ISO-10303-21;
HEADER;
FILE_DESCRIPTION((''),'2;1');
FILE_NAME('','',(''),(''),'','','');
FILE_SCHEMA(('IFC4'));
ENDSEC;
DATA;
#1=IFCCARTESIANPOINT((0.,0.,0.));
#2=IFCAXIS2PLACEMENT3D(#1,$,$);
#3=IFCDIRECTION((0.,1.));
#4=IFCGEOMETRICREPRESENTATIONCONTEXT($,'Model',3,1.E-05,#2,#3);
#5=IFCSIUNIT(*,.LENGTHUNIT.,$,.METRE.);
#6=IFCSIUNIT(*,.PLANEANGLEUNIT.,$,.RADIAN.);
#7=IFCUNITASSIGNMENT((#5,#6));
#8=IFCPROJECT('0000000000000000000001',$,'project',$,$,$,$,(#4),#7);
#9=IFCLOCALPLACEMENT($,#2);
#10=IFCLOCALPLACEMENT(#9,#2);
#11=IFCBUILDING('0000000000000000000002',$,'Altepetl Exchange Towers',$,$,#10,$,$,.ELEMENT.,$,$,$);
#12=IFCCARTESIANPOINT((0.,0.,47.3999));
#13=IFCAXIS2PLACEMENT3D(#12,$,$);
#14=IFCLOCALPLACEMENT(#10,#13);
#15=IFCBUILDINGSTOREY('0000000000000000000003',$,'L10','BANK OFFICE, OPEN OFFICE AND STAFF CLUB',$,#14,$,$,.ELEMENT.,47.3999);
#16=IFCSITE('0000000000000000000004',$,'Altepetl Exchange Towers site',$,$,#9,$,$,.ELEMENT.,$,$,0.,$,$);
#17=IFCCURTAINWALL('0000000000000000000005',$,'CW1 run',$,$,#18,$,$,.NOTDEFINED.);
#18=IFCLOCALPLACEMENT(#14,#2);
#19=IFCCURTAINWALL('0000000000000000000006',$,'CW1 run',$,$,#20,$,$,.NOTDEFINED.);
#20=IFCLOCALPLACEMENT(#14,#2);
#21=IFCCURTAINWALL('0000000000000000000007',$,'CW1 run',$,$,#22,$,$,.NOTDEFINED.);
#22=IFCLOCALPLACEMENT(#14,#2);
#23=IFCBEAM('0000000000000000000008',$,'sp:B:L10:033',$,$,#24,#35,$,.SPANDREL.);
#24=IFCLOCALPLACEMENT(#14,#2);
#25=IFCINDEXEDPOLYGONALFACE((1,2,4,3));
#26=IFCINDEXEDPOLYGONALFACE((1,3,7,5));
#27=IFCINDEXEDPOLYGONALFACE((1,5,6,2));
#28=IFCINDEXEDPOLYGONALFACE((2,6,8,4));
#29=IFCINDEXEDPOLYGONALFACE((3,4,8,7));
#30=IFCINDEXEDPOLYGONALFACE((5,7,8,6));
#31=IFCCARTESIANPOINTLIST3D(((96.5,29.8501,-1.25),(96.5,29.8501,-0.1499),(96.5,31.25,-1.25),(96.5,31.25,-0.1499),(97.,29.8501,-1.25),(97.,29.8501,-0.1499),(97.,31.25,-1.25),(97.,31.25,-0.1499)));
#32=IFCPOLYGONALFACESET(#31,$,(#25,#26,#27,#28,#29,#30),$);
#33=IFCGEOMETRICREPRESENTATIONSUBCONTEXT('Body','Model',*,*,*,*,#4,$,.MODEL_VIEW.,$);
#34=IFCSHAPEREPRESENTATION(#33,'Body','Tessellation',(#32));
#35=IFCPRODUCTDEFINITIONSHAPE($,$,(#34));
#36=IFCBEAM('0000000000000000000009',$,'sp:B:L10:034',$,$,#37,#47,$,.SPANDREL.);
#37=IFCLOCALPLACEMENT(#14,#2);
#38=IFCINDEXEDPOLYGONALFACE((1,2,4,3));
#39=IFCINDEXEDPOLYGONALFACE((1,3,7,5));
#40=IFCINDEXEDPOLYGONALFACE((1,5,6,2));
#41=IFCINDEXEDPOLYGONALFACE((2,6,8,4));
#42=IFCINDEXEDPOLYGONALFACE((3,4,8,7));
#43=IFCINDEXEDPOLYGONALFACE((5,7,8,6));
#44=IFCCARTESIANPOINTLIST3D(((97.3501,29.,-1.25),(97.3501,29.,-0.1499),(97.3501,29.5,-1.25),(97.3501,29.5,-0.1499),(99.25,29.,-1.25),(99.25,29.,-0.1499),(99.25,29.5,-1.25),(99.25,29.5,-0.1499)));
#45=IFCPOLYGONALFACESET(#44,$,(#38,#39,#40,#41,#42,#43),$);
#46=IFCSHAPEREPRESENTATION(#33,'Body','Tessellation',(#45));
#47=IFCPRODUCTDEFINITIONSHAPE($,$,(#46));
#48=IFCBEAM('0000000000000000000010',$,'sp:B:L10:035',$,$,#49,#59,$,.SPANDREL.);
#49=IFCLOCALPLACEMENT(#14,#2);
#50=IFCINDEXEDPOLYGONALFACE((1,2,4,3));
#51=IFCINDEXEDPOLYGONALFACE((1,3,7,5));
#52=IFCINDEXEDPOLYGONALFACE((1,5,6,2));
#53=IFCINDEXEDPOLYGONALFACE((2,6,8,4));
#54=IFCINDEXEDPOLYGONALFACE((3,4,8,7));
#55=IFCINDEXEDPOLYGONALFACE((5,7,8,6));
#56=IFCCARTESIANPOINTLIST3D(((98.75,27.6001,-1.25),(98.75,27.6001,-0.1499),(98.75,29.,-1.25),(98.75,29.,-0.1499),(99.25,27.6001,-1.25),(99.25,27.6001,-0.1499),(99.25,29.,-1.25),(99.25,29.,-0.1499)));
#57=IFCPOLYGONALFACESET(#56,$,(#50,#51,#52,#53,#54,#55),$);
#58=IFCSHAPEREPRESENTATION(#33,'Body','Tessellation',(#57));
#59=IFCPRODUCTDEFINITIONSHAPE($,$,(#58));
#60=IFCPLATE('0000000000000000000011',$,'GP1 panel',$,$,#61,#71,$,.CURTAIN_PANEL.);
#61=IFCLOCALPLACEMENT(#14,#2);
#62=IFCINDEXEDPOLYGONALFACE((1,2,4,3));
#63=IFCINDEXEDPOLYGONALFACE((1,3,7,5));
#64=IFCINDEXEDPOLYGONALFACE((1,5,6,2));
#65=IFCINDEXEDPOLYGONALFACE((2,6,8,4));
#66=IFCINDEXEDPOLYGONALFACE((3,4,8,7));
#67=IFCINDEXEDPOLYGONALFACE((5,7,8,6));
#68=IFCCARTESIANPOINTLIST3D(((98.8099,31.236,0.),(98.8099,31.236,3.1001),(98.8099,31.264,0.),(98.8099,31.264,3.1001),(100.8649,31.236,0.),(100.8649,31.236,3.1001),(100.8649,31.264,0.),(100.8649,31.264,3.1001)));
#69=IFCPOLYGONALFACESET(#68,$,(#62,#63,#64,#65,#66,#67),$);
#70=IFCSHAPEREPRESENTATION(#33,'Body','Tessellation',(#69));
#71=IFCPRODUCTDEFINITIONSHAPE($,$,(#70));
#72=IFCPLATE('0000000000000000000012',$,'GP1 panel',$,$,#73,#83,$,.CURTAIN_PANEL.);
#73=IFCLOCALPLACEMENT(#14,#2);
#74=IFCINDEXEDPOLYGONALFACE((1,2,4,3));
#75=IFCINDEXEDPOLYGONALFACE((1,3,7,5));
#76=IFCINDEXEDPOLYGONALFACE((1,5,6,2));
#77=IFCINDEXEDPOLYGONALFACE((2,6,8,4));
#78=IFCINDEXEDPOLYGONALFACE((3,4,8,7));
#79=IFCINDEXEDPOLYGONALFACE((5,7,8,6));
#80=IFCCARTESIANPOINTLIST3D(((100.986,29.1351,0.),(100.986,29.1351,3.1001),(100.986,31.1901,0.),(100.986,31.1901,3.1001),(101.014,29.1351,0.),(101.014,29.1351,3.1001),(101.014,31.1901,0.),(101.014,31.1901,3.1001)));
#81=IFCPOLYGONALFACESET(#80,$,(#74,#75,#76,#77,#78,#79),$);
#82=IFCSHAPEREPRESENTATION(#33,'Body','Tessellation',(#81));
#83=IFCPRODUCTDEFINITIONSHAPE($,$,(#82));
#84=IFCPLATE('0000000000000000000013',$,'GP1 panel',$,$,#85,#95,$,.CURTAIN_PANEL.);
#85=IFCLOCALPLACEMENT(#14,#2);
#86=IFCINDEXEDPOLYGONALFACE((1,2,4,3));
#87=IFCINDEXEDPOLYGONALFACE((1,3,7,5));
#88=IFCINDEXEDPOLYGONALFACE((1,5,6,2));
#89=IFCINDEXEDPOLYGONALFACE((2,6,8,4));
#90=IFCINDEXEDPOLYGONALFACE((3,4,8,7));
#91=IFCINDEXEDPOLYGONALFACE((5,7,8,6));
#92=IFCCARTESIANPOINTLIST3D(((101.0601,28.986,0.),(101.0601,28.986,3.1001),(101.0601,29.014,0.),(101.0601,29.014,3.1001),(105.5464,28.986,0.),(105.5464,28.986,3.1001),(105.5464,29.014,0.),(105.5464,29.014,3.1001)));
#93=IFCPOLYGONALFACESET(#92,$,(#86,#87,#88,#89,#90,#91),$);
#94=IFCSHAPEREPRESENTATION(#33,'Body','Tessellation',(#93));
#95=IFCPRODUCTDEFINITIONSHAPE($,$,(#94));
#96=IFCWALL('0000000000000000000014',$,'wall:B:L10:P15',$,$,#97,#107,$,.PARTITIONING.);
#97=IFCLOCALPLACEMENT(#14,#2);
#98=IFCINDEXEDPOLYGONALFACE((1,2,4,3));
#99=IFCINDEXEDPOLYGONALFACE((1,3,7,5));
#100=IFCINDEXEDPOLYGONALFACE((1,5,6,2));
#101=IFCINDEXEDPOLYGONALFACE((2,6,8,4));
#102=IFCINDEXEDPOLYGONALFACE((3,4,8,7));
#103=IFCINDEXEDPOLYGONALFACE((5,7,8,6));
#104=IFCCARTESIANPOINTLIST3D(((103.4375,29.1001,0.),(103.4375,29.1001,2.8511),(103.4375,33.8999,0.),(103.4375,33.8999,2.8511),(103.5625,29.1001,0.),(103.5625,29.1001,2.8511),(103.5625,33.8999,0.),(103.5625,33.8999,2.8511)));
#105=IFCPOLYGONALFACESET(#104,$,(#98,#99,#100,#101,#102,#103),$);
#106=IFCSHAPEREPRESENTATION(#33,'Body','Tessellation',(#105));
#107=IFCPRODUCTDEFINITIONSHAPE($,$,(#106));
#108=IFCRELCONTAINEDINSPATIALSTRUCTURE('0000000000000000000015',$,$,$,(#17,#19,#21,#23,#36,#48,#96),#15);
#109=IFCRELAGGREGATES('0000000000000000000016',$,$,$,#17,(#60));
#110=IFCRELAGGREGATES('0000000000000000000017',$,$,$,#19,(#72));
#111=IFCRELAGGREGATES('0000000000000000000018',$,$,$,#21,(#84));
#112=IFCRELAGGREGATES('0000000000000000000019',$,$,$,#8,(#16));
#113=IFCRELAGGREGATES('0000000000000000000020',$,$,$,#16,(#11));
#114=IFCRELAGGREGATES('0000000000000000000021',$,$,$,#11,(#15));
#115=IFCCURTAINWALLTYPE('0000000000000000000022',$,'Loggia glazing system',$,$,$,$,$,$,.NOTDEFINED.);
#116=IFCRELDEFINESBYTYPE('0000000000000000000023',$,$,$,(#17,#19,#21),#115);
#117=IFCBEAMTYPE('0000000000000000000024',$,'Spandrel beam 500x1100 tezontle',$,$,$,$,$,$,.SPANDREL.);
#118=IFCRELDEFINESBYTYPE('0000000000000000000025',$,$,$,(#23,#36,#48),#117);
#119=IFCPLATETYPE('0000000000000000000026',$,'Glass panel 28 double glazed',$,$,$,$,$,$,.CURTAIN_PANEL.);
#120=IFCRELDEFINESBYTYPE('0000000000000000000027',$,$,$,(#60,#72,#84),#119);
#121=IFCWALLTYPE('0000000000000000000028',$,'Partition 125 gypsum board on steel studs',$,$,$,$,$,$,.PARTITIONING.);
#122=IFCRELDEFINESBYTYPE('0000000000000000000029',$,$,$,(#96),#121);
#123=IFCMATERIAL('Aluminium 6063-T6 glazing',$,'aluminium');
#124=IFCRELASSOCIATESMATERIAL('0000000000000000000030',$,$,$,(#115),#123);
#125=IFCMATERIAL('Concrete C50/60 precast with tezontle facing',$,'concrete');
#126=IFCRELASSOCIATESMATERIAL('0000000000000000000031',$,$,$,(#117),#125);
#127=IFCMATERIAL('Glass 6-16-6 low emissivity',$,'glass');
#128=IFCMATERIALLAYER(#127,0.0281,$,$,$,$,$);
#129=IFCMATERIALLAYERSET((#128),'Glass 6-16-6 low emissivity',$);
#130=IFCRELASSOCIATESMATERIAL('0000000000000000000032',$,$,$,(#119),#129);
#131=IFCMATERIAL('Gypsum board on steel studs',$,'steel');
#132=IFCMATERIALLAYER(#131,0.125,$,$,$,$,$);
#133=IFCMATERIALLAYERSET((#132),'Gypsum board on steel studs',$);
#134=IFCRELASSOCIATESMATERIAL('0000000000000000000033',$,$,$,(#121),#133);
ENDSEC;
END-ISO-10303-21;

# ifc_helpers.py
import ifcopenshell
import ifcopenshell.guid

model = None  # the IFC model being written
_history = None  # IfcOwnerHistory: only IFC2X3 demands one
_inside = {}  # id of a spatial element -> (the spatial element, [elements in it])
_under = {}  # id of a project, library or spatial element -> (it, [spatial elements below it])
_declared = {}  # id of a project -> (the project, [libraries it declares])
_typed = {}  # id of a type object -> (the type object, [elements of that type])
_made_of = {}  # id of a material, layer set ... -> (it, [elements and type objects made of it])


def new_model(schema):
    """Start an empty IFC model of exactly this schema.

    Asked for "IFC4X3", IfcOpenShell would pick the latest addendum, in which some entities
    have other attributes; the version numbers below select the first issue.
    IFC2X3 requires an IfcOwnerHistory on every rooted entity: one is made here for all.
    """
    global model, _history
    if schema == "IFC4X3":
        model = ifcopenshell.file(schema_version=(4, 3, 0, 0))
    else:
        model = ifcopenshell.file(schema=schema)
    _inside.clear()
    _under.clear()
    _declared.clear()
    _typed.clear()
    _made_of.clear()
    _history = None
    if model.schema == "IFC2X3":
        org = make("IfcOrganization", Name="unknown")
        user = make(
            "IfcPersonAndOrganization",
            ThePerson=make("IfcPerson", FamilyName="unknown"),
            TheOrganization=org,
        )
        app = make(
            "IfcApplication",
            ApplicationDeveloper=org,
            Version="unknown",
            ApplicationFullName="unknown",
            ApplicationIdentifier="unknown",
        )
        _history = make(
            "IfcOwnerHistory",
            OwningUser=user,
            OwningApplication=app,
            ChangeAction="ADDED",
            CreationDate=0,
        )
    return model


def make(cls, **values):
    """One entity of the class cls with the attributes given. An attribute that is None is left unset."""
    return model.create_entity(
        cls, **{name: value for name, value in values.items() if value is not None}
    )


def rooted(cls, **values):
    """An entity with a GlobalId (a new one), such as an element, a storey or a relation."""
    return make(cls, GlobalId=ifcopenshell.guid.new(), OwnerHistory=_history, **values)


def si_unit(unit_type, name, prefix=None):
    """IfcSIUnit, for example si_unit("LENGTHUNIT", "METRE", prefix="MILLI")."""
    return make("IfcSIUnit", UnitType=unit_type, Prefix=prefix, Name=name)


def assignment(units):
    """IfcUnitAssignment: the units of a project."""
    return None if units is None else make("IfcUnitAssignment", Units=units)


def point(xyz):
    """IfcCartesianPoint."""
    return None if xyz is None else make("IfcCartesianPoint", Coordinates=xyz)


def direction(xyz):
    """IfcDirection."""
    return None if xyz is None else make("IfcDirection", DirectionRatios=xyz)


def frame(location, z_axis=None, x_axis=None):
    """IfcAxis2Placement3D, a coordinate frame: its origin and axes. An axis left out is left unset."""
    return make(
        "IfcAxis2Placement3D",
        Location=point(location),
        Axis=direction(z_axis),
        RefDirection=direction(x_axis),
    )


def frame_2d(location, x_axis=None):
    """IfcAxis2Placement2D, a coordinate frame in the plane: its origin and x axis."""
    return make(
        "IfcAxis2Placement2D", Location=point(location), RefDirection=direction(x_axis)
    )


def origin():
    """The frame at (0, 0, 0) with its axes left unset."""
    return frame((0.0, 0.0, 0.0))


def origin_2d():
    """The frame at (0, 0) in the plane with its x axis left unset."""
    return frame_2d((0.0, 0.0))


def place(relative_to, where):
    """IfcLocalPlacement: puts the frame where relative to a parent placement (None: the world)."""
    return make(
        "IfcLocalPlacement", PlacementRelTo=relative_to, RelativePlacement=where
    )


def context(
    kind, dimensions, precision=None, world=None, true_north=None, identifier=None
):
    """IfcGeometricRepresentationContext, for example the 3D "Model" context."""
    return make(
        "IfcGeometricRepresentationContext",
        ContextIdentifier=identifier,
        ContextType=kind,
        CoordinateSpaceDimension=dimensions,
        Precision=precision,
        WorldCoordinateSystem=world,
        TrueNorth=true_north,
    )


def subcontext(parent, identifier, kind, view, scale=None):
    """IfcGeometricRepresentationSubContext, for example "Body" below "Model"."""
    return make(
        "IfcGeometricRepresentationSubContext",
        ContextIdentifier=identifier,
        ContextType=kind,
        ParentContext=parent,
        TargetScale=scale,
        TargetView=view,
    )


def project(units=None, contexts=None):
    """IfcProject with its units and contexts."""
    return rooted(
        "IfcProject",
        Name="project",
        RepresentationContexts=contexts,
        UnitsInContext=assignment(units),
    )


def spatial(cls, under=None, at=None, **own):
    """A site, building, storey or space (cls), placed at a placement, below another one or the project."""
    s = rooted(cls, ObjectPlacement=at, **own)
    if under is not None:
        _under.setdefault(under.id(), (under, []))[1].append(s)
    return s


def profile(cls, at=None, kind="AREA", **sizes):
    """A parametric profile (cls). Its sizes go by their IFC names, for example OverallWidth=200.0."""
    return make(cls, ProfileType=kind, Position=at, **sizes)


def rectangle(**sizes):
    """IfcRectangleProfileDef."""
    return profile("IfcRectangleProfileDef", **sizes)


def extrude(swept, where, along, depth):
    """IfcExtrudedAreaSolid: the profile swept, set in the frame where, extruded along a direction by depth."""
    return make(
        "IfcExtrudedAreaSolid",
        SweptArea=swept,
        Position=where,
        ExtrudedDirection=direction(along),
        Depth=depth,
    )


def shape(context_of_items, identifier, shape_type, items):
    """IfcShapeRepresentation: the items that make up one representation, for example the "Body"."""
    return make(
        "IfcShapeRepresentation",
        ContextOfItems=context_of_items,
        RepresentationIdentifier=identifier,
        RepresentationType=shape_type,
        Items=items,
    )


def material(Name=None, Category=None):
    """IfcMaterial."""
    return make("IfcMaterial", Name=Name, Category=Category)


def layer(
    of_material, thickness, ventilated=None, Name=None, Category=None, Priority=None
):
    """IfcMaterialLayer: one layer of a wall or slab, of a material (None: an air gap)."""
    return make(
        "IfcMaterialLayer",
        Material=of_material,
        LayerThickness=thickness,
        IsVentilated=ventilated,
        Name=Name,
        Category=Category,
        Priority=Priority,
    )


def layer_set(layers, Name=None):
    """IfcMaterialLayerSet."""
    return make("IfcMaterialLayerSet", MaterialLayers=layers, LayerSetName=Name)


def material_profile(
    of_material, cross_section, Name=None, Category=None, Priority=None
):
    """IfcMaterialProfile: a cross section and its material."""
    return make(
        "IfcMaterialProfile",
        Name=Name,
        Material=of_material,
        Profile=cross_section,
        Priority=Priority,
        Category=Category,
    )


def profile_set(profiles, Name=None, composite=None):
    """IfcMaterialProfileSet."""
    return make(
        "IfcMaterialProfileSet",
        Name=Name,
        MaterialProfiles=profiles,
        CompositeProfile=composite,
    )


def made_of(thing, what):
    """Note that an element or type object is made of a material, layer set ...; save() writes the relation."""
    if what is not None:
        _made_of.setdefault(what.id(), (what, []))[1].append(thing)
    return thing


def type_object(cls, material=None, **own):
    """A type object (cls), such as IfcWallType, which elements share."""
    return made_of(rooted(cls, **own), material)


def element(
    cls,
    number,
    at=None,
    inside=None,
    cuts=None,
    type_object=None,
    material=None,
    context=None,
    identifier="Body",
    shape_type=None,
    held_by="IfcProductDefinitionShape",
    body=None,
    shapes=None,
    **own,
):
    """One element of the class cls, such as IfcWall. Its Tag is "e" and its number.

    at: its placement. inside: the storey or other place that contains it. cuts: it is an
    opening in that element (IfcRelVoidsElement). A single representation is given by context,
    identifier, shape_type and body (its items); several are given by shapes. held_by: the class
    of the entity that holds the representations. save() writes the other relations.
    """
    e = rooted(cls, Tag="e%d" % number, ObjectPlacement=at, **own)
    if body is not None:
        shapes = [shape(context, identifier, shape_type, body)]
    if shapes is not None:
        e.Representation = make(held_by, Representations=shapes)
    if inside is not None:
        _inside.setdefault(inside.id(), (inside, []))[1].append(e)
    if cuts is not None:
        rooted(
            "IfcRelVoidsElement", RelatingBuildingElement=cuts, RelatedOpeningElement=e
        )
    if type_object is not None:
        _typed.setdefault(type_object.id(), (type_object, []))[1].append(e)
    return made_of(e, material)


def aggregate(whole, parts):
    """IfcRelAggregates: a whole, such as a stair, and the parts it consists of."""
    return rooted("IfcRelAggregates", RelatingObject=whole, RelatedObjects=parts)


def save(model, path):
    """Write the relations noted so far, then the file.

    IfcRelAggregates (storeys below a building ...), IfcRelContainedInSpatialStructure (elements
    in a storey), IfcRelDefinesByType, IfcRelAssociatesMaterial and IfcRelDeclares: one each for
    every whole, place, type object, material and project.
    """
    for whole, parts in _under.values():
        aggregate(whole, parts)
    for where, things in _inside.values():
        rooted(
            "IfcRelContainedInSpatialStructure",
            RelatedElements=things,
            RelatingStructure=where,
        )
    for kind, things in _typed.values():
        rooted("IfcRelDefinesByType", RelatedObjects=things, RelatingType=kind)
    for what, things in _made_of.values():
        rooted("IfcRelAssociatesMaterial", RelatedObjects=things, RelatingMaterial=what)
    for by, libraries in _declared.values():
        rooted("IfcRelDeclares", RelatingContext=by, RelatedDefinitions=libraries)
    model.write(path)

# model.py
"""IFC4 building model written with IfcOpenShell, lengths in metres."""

from ifc_helpers import new_model, si_unit, direction, frame, frame_2d, origin, origin_2d, place, context, subcontext, project, spatial, rectangle, extrude, material, layer, layer_set, material_profile, profile_set, type_object, element, aggregate, save


model = new_model("IFC4")

# Units and contexts
model_context = context("Model", 3, precision=1e-05, world=origin(), true_north=direction((0.0, 1.0)))
body_context = subcontext(model_context, "Body", "Model", "MODEL_VIEW")
ifc_project = project(units=[si_unit("LENGTHUNIT", "METRE"), si_unit("PLANEANGLEUNIT", "RADIAN")], contexts=[model_context])

# Site, building, storey
site_placement = place(None, origin())
site = spatial("IfcSite", under=ifc_project, at=site_placement, Name="Altepetl Exchange Towers site", CompositionType="ELEMENT", RefElevation=0.0)
building_placement = place(site_placement, origin())
building = spatial("IfcBuilding", under=site, at=building_placement, Name="Altepetl Exchange Towers", CompositionType="ELEMENT")
storey_placement = place(building_placement, frame((0.0, 0.0, 47.3999)))
storey = spatial("IfcBuildingStorey", under=building, at=storey_placement, Name="L10", Description="BANK OFFICE, OPEN OFFICE AND STAFF CLUB", CompositionType="ELEMENT", Elevation=47.3999)

# Curtain walls
ifc_material_1 = material(Name="Aluminium 6063-T6 glazing", Category="aluminium")
curtain_wall_type = type_object("IfcCurtainWallType", Name="Loggia glazing system", PredefinedType="NOTDEFINED", material=ifc_material_1)
curtain_wall_1_placement = place(storey_placement, origin())
curtain_wall_1 = element("IfcCurtainWall", 1, at=curtain_wall_1_placement, inside=storey, type_object=curtain_wall_type, Name="CW1 run", PredefinedType="NOTDEFINED")
curtain_wall_2_placement = place(storey_placement, origin())
curtain_wall_2 = element("IfcCurtainWall", 2, at=curtain_wall_2_placement, inside=storey, type_object=curtain_wall_type, Name="CW1 run", PredefinedType="NOTDEFINED")

# Curtain wall
curtain_wall_3_placement = place(storey_placement, origin())
curtain_wall_3 = element("IfcCurtainWall", 3, at=curtain_wall_3_placement, inside=storey, type_object=curtain_wall_type, Name="CW1 run", PredefinedType="NOTDEFINED")

# Beams
ifc_material_2 = material(Name="Concrete C50/60 precast with tezontle facing", Category="concrete")
ifc_material_profile_1 = material_profile(ifc_material_2, rectangle(XDim=0.5, YDim=1.1001, at=origin_2d()), Name="500 x 1100")
ifc_profile_set_1 = profile_set([ifc_material_profile_1], Name="Concrete C50/60 precast with tezontle facing")
beam_type_1 = type_object("IfcBeamType", Name="Spandrel beam 500x1100 tezontle", PredefinedType="SPANDREL", material=ifc_profile_set_1)
beam_1_placement = place(storey_placement, frame((96.75, 31.25, -0.7), z_axis=(0.0, -1.0, 0.0), x_axis=(1.0, 0.0, 0.0)))
element("IfcBeam", 4, at=beam_1_placement, inside=storey, type_object=beam_type_1, Name="sp:B:L10:033", PredefinedType="SPANDREL", context=body_context, shape_type="SweptSolid", body=[
    extrude(rectangle(XDim=0.5, YDim=1.1001, at=origin_2d()), origin(), (0.0, 0.0, 1.0), 1.3999),
])
beam_2_placement = place(storey_placement, frame((97.3501, 29.25, -0.7), z_axis=(1.0, 0.0, 0.0), x_axis=(0.0, 1.0, 0.0)))
element("IfcBeam", 5, at=beam_2_placement, inside=storey, type_object=beam_type_1, Name="sp:B:L10:034", PredefinedType="SPANDREL", context=body_context, shape_type="SweptSolid", body=[
    extrude(rectangle(XDim=0.5, YDim=1.1001, at=origin_2d()), origin(), (0.0, 0.0, 1.0), 1.8999),
])
beam_3_placement = place(storey_placement, frame((99.0, 29.0, -0.7), z_axis=(0.0, -1.0, 0.0), x_axis=(1.0, 0.0, 0.0)))
element("IfcBeam", 6, at=beam_3_placement, inside=storey, type_object=beam_type_1, Name="sp:B:L10:035", PredefinedType="SPANDREL", context=body_context, shape_type="SweptSolid", body=[
    extrude(rectangle(XDim=0.5, YDim=1.1001, at=origin_2d()), origin(), (0.0, 0.0, 1.0), 1.3999),
])

# Plates
ifc_material_3 = material(Name="Glass 6-16-6 low emissivity", Category="glass")
ifc_layer_1 = layer(ifc_material_3, 0.0281)
ifc_layer_set_1 = layer_set([ifc_layer_1], Name="Glass 6-16-6 low emissivity")
plate_type = type_object("IfcPlateType", Name="Glass panel 28 double glazed", PredefinedType="CURTAIN_PANEL", material=ifc_layer_set_1)
plate_1_placement = place(storey_placement, frame((99.8374, 31.25, 0.0)))
plate_1 = element("IfcPlate", 7, at=plate_1_placement, type_object=plate_type, Name="GP1 panel", PredefinedType="CURTAIN_PANEL", context=body_context, shape_type="SweptSolid", body=[
    extrude(rectangle(XDim=2.0549, YDim=0.0281, at=origin_2d()), origin(), (0.0, 0.0, 1.0), 3.1001),
])
aggregate(curtain_wall_1, [plate_1])
plate_2_placement = place(storey_placement, frame((101.0, 30.1626, 0.0), z_axis=(0.0, 0.0, 1.0), x_axis=(0.0, -1.0, 0.0)))
plate_2 = element("IfcPlate", 8, at=plate_2_placement, type_object=plate_type, Name="GP1 panel", PredefinedType="CURTAIN_PANEL", context=body_context, shape_type="SweptSolid", body=[
    extrude(rectangle(XDim=2.0549, YDim=0.0281, at=origin_2d()), origin(), (0.0, 0.0, 1.0), 3.1001),
])
aggregate(curtain_wall_2, [plate_2])
plate_3_placement = place(storey_placement, frame((103.3032, 29.0, 0.0)))
plate_3 = element("IfcPlate", 9, at=plate_3_placement, type_object=plate_type, Name="GP1 panel", PredefinedType="CURTAIN_PANEL", context=body_context, shape_type="SweptSolid", body=[
    extrude(rectangle(XDim=4.4863, YDim=0.0281, at=origin_2d()), origin(), (0.0, 0.0, 1.0), 3.1001),
])
aggregate(curtain_wall_3, [plate_3])

# Wall
ifc_material_4 = material(Name="Gypsum board on steel studs", Category="steel")
ifc_layer_2 = layer(ifc_material_4, 0.125)
ifc_layer_set_2 = layer_set([ifc_layer_2], Name="Gypsum board on steel studs")
wall_type = type_object("IfcWallType", Name="Partition 125 gypsum board on steel studs", PredefinedType="PARTITIONING", material=ifc_layer_set_2)
wall_placement = place(storey_placement, frame((103.5, 29.1001, 0.0), z_axis=(0.0, 0.0, 1.0), x_axis=(0.0, 1.0, 0.0)))
element("IfcWall", 10, at=wall_placement, inside=storey, type_object=wall_type, Name="wall:B:L10:P15", PredefinedType="PARTITIONING", context=body_context, shape_type="SweptSolid", body=[
    extrude(rectangle(XDim=4.7998, YDim=0.125, at=frame_2d((2.3999, 0.0))), origin(), (0.0, 0.0, 1.0), 2.8511),
])

save(model, "model.ifc")
